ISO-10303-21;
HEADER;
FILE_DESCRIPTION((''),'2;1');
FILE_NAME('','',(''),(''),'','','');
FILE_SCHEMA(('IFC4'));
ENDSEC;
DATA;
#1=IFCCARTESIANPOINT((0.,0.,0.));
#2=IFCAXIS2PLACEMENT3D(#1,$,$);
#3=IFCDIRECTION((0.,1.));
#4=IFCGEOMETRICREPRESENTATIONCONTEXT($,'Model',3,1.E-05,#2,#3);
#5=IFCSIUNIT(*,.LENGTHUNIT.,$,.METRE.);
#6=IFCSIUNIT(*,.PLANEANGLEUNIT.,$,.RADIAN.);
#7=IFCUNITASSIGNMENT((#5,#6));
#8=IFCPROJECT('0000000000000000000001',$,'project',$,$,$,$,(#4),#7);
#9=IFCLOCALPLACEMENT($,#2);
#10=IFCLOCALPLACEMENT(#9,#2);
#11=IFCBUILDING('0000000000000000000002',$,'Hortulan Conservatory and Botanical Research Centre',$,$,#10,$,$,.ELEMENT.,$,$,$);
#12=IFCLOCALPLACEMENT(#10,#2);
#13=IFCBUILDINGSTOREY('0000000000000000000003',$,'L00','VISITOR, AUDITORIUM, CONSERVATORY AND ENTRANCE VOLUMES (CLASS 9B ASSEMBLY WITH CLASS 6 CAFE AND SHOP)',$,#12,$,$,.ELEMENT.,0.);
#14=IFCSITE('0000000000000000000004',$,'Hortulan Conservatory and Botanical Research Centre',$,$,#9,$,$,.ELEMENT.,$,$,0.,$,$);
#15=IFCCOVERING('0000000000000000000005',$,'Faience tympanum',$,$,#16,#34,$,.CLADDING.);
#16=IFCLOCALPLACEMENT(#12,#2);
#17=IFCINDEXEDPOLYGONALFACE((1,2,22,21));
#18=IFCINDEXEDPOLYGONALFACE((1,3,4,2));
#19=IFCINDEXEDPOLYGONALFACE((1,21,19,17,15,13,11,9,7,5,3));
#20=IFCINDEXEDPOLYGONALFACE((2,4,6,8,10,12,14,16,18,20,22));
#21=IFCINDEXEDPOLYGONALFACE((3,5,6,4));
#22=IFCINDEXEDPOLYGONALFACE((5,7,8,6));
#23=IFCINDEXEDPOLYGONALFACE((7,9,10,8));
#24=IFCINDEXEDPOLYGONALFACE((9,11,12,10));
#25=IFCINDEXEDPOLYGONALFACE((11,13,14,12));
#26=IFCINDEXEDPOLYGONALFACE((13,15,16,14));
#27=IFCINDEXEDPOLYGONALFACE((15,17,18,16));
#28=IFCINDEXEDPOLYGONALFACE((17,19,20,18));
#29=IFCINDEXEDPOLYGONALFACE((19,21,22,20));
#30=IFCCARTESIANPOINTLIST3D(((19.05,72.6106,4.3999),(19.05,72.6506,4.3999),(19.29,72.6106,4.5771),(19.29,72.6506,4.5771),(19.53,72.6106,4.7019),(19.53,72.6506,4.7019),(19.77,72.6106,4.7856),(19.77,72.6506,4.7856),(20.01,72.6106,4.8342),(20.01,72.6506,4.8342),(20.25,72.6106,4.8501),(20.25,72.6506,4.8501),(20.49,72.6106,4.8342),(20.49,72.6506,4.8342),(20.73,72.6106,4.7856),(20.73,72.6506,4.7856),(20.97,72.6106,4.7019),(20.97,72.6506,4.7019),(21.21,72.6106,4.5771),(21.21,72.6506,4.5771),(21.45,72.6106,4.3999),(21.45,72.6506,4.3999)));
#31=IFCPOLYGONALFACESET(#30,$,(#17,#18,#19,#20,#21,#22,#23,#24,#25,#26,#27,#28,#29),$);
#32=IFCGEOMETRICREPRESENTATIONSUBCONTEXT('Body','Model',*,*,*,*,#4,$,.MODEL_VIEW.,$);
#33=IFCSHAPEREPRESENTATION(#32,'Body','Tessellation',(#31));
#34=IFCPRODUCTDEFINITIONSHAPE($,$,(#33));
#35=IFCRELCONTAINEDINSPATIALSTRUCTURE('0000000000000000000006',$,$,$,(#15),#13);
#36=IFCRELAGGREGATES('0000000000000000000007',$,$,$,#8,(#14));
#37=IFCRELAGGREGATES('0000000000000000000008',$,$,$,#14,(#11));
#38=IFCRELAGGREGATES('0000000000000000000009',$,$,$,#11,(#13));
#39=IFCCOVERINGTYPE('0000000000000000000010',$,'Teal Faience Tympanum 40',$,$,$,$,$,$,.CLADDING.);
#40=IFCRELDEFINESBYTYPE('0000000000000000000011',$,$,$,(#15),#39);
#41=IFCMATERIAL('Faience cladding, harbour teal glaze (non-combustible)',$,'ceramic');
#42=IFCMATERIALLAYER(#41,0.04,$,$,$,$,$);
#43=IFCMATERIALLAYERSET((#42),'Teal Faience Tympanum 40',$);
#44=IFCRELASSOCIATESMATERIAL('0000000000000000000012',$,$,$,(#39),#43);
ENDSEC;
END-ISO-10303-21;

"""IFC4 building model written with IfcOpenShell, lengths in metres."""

from ifc_helpers import new_model, si_unit, direction, frame, origin, place, context, subcontext, project, spatial, polyline, outline, extrude, material, layer, layer_set, type_object, element, save


model = new_model("IFC4")

# Units and contexts
model_context = context("Model", 3, precision=1e-05, world=origin(), true_north=direction((0.0, 1.0)))
body_context = subcontext(model_context, "Body", "Model", "MODEL_VIEW")
ifc_project = project(units=[si_unit("LENGTHUNIT", "METRE"), si_unit("PLANEANGLEUNIT", "RADIAN")], contexts=[model_context])

# Site, building, storey
site_placement = place(None, origin())
site = spatial("IfcSite", under=ifc_project, at=site_placement, Name="Hortulan Conservatory and Botanical Research Centre", CompositionType="ELEMENT", RefElevation=0.0)
building_placement = place(site_placement, origin())
building = spatial("IfcBuilding", under=site, at=building_placement, Name="Hortulan Conservatory and Botanical Research Centre", CompositionType="ELEMENT")
storey_placement = place(building_placement, origin())
storey = spatial("IfcBuildingStorey", under=building, at=storey_placement, Name="L00", Description="VISITOR, AUDITORIUM, CONSERVATORY AND ENTRANCE VOLUMES (CLASS 9B ASSEMBLY WITH CLASS 6 CAFE AND SHOP)", CompositionType="ELEMENT", Elevation=0.0)

# Covering
ifc_material_1 = material(Name="Faience cladding, harbour teal glaze (non-combustible)", Category="ceramic")
ifc_layer_1 = layer(ifc_material_1, 0.04)
ifc_layer_set_1 = layer_set([ifc_layer_1], Name="Teal Faience Tympanum 40")
covering_type_1 = type_object("IfcCoveringType", Name="Teal Faience Tympanum 40", PredefinedType="CLADDING", material=ifc_layer_set_1)
covering_1_placement = place(storey_placement, frame((19.05, 72.6306, 4.3999), z_axis=(0.0, 0.0, 1.0), x_axis=(1.0, 0.0, 0.0)))
element("IfcCovering", 1, at=covering_1_placement, inside=storey, type_object=covering_type_1, Name="Faience tympanum", PredefinedType="CLADDING", context=body_context, shape_type="SweptSolid", body=[
    extrude(outline(polyline([(0.0, 0.0), (0.24, 0.1772), (0.48, 0.302), (0.72, 0.3857), (0.96, 0.4343), (1.2, 0.4502), (1.4399, 0.4343), (1.6799, 0.3857), (1.9199, 0.302), (2.1599, 0.1772), (2.3999, 0.0), (2.3999, 0.0), (0.0, 0.0), (0.0, 0.0)])), frame((0.0, 0.02, 0.0), z_axis=(0.0, -1.0, 0.0), x_axis=(1.0, 0.0, 0.0)), (0.0, 0.0, 1.0), 0.04),
])

save(model, "model.ifc")
